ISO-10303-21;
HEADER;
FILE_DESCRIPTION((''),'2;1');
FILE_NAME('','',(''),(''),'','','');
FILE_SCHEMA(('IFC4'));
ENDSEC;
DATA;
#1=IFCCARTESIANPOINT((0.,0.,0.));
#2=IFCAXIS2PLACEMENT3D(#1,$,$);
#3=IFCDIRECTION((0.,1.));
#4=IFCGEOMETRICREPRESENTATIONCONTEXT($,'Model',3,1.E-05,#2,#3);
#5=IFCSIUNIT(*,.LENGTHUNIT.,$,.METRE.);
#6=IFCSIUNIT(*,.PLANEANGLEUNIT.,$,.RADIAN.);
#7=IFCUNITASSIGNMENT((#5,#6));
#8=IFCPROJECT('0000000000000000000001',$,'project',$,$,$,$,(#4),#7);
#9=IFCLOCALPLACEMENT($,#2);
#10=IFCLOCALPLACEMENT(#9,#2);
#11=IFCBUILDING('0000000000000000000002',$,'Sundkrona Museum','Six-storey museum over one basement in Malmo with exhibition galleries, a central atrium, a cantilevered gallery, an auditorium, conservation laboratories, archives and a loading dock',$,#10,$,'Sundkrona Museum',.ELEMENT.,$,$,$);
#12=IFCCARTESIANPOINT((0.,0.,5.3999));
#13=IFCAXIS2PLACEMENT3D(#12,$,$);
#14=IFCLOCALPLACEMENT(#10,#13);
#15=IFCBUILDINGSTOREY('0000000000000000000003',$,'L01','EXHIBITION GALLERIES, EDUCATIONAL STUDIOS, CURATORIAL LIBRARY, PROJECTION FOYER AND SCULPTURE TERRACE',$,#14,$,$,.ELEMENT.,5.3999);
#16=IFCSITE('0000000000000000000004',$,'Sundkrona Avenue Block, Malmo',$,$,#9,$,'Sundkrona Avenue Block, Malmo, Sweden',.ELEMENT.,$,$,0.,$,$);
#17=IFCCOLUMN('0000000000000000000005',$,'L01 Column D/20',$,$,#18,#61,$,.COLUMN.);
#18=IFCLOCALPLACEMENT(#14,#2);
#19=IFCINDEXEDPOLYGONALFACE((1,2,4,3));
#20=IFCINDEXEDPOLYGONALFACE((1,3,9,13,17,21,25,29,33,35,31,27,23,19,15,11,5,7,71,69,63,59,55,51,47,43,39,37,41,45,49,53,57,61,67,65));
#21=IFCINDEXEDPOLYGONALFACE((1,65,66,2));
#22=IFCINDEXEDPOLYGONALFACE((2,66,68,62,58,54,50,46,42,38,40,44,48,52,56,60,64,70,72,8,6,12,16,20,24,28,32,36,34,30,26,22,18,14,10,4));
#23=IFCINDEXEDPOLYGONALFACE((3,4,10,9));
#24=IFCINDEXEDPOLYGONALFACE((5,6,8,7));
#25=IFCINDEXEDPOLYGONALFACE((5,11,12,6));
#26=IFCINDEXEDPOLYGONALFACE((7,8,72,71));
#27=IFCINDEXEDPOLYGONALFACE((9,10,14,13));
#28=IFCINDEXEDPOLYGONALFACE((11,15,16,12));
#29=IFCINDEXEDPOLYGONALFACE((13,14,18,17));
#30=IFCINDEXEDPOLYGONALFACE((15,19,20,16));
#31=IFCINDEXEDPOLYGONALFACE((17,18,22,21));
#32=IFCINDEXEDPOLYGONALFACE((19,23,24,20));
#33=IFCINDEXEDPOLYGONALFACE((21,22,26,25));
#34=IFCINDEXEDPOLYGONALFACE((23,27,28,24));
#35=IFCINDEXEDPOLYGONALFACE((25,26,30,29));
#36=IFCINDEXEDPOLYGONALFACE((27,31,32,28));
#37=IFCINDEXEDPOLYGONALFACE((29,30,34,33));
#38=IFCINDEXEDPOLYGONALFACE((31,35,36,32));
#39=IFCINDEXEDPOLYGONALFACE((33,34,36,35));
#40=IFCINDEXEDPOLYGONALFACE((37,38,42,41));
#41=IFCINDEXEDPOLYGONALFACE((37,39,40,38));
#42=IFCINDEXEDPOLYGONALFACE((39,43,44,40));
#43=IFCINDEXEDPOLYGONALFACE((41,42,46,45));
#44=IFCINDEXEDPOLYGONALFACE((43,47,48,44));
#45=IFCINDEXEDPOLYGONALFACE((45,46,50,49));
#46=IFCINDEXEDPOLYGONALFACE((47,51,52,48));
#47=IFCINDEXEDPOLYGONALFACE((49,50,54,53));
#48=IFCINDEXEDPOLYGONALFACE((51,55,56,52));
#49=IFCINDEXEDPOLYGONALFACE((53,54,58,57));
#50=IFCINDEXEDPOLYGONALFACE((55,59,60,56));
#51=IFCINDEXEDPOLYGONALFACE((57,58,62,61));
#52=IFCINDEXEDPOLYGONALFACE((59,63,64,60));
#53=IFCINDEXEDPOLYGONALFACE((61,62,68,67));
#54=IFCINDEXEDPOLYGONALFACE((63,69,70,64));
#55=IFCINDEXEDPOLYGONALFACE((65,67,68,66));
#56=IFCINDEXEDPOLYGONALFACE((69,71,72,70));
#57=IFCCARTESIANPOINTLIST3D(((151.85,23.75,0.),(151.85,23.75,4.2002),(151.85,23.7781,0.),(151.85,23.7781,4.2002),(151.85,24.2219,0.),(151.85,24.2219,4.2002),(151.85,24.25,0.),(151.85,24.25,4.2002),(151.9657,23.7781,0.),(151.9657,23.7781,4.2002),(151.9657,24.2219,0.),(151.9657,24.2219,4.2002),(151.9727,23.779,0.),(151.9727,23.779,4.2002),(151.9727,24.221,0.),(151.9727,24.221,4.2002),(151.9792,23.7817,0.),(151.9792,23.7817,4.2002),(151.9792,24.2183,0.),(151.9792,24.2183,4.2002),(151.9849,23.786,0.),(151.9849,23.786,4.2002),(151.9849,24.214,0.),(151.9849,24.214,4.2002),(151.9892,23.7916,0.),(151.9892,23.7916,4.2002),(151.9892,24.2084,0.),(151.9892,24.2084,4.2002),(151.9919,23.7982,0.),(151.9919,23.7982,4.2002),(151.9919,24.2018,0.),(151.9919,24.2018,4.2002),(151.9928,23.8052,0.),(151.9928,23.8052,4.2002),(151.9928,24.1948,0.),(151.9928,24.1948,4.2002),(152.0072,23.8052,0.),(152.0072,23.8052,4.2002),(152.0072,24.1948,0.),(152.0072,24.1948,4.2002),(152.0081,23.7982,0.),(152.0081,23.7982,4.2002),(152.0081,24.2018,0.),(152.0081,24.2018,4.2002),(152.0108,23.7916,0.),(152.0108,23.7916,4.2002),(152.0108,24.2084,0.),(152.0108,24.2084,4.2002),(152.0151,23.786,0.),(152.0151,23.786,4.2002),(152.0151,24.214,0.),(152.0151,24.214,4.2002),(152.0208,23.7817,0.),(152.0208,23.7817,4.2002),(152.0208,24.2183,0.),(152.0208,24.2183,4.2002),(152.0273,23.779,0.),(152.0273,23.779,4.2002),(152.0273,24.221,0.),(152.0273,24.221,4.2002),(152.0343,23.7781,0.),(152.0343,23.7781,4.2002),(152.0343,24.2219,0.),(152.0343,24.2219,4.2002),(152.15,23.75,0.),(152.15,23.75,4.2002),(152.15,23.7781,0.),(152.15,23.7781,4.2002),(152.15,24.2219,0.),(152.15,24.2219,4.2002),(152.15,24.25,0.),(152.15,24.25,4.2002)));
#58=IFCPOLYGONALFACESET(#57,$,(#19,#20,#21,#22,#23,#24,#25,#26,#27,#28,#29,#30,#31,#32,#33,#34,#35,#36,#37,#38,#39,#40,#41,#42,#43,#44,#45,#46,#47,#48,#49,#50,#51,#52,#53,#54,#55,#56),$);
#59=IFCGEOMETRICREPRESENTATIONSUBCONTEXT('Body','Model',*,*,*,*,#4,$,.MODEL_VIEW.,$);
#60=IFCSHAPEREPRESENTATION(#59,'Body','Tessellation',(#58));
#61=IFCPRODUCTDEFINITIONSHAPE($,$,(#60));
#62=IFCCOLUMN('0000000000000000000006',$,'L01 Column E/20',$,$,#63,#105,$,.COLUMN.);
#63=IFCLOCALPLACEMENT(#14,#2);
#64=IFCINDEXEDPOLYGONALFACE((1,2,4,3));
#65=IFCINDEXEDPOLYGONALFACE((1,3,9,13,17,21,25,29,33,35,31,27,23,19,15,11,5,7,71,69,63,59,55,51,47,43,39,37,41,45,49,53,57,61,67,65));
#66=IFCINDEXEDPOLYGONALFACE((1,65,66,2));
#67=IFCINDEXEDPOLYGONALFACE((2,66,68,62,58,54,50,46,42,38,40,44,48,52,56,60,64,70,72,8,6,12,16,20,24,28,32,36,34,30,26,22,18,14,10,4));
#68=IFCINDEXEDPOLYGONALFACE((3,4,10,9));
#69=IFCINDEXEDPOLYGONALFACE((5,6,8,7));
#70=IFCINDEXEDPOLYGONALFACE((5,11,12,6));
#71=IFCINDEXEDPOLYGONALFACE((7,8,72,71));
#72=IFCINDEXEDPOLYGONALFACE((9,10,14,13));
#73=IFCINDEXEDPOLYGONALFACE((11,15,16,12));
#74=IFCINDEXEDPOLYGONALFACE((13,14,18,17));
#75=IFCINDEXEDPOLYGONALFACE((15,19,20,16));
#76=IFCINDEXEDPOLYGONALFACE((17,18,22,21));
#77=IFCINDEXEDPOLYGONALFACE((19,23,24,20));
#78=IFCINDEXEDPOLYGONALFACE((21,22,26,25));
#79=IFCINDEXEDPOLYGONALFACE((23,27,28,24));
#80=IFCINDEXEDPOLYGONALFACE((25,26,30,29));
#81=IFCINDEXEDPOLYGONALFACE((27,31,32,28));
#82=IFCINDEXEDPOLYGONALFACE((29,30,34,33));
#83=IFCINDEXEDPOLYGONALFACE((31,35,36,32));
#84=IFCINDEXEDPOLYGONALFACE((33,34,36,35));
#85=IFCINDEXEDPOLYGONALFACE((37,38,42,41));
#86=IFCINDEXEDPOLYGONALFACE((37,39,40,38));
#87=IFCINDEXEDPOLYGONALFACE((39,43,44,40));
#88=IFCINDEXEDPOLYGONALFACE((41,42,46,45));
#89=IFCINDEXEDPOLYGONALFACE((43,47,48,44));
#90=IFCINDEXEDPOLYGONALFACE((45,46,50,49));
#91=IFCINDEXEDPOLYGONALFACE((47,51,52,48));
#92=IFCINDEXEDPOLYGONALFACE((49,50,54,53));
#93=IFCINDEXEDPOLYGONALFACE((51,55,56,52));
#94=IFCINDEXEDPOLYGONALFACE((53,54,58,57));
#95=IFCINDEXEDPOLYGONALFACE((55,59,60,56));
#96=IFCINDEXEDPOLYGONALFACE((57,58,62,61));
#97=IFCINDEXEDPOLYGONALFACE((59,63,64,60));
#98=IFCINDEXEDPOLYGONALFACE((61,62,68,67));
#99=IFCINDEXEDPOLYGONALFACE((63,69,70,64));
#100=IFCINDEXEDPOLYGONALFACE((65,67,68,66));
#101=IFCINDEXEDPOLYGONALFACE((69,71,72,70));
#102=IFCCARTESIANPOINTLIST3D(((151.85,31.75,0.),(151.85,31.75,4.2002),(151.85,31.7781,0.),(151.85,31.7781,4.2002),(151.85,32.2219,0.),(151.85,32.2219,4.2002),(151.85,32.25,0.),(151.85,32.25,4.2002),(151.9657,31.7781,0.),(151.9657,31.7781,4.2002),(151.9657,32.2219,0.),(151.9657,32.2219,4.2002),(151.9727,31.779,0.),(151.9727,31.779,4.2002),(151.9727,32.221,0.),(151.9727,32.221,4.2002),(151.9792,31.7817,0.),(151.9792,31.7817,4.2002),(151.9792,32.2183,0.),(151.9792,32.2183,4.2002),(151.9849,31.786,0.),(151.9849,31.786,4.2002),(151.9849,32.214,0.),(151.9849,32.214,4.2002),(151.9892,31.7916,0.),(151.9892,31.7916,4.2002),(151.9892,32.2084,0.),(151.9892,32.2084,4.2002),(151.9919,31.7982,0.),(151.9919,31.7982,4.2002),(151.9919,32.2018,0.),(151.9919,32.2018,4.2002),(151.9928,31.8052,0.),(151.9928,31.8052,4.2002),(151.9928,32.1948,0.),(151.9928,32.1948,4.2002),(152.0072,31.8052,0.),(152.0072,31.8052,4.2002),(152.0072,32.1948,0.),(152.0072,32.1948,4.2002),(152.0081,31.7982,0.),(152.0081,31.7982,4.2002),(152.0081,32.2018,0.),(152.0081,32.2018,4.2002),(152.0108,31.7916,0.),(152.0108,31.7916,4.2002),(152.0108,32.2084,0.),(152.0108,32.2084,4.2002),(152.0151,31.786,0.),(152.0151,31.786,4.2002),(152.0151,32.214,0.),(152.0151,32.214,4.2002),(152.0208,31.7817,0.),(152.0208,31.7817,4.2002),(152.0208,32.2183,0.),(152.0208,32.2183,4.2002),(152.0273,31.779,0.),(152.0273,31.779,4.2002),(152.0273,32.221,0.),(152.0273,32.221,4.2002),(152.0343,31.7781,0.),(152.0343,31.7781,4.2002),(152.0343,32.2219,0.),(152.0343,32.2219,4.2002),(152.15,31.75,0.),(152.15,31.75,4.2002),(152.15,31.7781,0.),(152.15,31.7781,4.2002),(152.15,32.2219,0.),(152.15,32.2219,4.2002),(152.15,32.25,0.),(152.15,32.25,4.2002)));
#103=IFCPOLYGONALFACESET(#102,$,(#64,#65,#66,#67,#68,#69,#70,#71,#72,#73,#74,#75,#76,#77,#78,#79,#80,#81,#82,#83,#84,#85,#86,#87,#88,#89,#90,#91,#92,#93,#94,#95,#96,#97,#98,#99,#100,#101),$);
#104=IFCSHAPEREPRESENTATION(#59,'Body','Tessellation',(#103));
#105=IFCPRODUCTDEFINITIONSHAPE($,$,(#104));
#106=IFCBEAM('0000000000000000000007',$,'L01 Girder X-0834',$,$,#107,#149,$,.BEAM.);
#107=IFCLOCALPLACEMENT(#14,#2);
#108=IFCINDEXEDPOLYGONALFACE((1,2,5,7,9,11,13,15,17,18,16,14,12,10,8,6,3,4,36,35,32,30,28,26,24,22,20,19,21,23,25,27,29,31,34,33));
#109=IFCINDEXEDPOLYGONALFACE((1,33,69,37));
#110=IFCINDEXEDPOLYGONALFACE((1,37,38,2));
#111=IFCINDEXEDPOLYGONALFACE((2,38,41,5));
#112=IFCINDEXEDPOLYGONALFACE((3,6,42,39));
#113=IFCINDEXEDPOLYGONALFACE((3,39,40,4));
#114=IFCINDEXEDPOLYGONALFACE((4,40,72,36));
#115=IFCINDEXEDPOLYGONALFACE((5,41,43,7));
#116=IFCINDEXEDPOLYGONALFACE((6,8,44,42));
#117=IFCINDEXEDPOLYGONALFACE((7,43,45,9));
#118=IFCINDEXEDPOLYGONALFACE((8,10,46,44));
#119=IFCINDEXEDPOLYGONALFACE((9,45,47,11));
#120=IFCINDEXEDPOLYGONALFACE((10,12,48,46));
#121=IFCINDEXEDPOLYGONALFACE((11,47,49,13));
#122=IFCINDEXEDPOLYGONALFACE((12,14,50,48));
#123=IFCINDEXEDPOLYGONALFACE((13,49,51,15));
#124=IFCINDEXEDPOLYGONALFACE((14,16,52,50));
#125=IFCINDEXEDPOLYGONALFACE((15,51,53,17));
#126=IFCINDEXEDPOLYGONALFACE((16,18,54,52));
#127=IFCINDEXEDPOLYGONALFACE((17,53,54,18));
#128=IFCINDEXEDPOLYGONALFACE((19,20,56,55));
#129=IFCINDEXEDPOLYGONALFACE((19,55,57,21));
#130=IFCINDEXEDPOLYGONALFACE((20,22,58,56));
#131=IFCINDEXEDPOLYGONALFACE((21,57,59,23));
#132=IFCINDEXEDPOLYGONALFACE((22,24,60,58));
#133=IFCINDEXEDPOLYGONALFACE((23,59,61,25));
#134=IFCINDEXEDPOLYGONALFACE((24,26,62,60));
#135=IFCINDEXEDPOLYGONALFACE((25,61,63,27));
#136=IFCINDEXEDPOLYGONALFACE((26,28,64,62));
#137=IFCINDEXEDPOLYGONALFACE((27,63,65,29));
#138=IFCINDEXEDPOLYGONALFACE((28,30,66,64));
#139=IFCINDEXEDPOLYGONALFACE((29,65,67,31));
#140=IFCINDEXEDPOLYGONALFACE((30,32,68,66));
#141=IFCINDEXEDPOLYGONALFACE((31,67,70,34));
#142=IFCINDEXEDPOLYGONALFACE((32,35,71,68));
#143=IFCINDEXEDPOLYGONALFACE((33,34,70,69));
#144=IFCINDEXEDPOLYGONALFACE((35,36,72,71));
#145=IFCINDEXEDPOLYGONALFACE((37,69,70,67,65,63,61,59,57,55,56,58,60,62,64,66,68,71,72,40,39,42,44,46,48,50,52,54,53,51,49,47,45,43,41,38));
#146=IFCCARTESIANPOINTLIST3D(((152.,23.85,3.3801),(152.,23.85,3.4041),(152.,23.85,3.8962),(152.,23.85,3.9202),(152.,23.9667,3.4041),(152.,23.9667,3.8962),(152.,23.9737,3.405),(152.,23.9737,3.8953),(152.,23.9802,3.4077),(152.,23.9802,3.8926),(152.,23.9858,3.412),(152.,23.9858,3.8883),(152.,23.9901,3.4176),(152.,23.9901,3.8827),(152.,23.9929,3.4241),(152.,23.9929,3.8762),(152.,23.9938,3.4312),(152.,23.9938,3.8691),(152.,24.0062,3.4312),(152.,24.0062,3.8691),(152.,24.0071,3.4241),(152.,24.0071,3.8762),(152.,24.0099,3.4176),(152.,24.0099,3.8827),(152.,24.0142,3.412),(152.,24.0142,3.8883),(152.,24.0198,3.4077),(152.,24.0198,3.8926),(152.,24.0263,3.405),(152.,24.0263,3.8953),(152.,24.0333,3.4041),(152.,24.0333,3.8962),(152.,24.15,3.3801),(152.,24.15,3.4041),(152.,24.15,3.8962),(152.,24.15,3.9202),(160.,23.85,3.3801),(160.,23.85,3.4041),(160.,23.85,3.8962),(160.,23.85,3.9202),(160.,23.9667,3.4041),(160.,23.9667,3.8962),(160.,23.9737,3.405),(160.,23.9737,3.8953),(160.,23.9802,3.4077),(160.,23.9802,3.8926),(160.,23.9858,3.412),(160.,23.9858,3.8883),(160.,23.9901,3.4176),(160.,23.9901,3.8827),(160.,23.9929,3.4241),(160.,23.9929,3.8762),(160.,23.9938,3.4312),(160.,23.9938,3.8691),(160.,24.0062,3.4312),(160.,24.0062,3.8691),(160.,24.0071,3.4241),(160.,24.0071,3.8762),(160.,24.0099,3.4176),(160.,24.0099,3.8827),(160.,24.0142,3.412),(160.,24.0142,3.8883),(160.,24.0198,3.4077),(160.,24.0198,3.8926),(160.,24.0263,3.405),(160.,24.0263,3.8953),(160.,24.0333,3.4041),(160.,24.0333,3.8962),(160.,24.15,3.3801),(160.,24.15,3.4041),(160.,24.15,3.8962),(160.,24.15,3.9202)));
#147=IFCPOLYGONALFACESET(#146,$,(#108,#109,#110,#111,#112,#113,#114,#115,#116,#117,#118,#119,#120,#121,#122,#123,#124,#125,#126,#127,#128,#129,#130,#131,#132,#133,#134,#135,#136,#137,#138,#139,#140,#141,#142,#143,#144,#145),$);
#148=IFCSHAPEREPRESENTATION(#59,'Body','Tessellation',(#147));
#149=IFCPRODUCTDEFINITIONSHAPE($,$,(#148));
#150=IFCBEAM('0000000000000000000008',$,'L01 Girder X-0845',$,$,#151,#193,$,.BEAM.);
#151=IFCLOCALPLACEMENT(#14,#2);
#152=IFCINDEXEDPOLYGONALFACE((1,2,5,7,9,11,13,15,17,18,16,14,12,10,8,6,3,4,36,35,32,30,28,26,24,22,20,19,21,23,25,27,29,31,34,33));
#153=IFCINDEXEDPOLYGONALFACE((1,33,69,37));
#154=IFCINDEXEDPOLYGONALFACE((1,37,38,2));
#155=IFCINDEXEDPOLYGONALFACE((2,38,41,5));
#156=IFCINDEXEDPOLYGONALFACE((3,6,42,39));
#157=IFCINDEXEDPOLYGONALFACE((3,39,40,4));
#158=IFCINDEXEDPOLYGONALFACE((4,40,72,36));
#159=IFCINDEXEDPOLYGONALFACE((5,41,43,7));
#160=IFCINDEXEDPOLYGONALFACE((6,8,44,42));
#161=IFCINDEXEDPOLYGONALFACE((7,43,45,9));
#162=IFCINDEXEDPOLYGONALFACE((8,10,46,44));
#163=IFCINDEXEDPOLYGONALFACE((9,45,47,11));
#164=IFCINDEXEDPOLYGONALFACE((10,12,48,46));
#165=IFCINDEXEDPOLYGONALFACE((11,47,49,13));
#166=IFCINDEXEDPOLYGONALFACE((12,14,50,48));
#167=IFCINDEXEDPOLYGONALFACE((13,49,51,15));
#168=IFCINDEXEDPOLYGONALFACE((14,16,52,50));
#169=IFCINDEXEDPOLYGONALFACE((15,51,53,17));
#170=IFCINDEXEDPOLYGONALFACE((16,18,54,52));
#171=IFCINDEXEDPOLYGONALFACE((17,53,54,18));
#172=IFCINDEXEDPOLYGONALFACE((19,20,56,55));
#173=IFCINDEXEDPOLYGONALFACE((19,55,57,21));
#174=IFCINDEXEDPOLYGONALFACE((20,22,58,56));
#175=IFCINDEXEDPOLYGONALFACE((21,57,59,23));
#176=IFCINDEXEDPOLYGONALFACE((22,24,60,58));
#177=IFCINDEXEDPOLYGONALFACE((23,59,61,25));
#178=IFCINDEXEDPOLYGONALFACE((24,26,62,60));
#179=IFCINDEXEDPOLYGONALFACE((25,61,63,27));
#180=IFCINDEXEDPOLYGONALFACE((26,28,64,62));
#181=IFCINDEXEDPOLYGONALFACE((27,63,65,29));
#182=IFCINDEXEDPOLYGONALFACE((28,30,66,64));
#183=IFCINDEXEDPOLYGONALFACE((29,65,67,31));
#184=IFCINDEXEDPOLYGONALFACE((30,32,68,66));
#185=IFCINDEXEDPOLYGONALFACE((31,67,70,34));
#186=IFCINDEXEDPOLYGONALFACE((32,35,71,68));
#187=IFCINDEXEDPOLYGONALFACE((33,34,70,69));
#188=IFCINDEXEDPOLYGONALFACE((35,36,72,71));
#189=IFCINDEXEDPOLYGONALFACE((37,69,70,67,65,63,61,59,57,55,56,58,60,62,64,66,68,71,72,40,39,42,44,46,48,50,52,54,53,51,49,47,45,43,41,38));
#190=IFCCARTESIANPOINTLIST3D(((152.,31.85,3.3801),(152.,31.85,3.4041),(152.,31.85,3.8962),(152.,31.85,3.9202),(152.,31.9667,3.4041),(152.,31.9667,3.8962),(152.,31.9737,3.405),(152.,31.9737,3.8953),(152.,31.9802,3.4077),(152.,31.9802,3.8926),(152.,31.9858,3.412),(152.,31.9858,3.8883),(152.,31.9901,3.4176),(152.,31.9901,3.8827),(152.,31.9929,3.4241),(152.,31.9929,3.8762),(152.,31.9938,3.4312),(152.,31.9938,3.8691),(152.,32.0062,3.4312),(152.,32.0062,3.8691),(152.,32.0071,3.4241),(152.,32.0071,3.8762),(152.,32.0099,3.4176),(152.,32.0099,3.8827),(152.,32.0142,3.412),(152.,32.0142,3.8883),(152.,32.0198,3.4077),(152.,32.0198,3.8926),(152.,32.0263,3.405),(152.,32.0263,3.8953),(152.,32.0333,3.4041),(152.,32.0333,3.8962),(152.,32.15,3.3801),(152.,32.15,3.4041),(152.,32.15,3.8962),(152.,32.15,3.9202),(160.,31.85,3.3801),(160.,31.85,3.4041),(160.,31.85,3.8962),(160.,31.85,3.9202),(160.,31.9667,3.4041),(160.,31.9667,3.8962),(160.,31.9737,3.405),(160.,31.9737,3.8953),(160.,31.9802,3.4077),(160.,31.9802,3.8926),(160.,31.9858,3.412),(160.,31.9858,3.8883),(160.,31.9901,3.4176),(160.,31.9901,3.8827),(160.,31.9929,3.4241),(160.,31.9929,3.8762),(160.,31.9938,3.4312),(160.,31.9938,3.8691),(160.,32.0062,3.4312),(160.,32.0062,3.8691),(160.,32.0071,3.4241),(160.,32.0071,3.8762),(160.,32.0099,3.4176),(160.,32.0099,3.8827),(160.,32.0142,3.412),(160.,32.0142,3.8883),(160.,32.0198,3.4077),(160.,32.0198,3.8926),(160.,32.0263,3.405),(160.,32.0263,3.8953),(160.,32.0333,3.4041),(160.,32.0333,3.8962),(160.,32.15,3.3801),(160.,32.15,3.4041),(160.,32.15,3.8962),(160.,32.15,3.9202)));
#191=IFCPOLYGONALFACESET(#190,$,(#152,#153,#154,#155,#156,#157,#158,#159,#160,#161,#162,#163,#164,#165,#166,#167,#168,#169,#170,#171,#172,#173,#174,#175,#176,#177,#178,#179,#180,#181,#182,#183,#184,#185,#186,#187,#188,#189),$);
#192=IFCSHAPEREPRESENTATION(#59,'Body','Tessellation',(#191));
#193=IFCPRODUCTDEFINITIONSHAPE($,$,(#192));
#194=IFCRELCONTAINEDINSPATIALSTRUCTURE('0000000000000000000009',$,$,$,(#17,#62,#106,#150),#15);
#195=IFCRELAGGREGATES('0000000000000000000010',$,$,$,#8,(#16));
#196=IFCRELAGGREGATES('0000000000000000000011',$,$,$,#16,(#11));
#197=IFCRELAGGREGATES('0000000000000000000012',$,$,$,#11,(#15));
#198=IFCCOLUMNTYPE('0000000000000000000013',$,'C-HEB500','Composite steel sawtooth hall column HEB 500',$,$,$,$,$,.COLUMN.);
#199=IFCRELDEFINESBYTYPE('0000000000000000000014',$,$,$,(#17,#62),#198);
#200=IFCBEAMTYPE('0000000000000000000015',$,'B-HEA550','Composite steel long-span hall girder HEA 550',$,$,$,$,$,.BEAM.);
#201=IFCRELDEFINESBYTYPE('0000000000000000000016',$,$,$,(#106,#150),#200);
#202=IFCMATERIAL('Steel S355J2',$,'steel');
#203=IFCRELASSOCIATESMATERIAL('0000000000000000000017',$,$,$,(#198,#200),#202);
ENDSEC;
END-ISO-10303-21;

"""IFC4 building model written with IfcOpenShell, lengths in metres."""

from ifc_helpers import new_model, si_unit, direction, frame, origin, origin_2d, place, context, subcontext, project, spatial, i_section, extrude, material, material_profile, profile_set, type_object, element, save


model = new_model("IFC4")

# Units and contexts
model_context = context("Model", 3, precision=1e-05, world=origin(), true_north=direction((0.0, 1.0)))
body_context = subcontext(model_context, "Body", "Model", "MODEL_VIEW")
ifc_project = project(units=[si_unit("LENGTHUNIT", "METRE"), si_unit("PLANEANGLEUNIT", "RADIAN")], contexts=[model_context])

# Site, building, storey
site_placement = place(None, origin())
site = spatial("IfcSite", under=ifc_project, at=site_placement, Name="Sundkrona Avenue Block, Malmo", LongName="Sundkrona Avenue Block, Malmo, Sweden", CompositionType="ELEMENT", RefElevation=0.0)
building_placement = place(site_placement, origin())
building = spatial("IfcBuilding", under=site, at=building_placement, Name="Sundkrona Museum", Description="Six-storey museum over one basement in Malmo with exhibition galleries, a central atrium, a cantilevered gallery, an auditorium, conservation laboratories, archives and a loading dock", LongName="Sundkrona Museum", CompositionType="ELEMENT")
storey_placement = place(building_placement, frame((0.0, 0.0, 5.3999)))
storey = spatial("IfcBuildingStorey", under=building, at=storey_placement, Name="L01", Description="EXHIBITION GALLERIES, EDUCATIONAL STUDIOS, CURATORIAL LIBRARY, PROJECTION FOYER AND SCULPTURE TERRACE", CompositionType="ELEMENT", Elevation=5.3999)

# Columns
ifc_material_1 = material(Name="Steel S355J2", Category="steel")
ifc_material_profile_1 = material_profile(ifc_material_1, i_section(OverallWidth=0.3, OverallDepth=0.5, WebThickness=0.0144, FlangeThickness=0.0281, FilletRadius=0.0271, at=origin_2d()), Name="HEB 500")
ifc_profile_set_1 = profile_set([ifc_material_profile_1], Name="Steel S355J2")
column_type = type_object("IfcColumnType", Name="C-HEB500", Description="Composite steel sawtooth hall column HEB 500", PredefinedType="COLUMN", material=ifc_profile_set_1)
for number, where, z_axis, x_axis, name in (
    (1, (152.0, 24.0, 0.0), (0.0, 0.0, 1.0), (1.0, 0.0, 0.0), "L01 Column D/20"),
    (2, (152.0, 32.0, 0.0), (0.0, 0.0, 1.0), (1.0, 0.0, 0.0), "L01 Column E/20"),
):
    element("IfcColumn", number, at=place(storey_placement, frame(where, z_axis=z_axis, x_axis=x_axis)), inside=storey, type_object=column_type, Name=name, PredefinedType="COLUMN", context=body_context, shape_type="SweptSolid", body=[
        extrude(i_section(OverallWidth=0.3, OverallDepth=0.5, WebThickness=0.0144, FlangeThickness=0.0281, FilletRadius=0.0271, at=origin_2d()), origin(), (0.0, 0.0, 1.0), 4.2002),
    ])

# Beams
ifc_material_profile_2 = material_profile(ifc_material_1, i_section(OverallWidth=0.3, OverallDepth=0.54, WebThickness=0.0125, FlangeThickness=0.0239, FilletRadius=0.0271, at=origin_2d()), Name="HEA 550")
ifc_profile_set_2 = profile_set([ifc_material_profile_2], Name="Steel S355J2")
beam_type_1 = type_object("IfcBeamType", Name="B-HEA550", Description="Composite steel long-span hall girder HEA 550", PredefinedType="BEAM", material=ifc_profile_set_2)
for number, where, z_axis, x_axis, name in (
    (3, (152.0, 24.0, 3.6501), (1.0, 0.0, 0.0), (0.0, 1.0, 0.0), "L01 Girder X-0834"),
    (4, (152.0, 32.0, 3.6501), (1.0, 0.0, 0.0), (0.0, 1.0, 0.0), "L01 Girder X-0845"),
):
    element("IfcBeam", number, at=place(storey_placement, frame(where, z_axis=z_axis, x_axis=x_axis)), inside=storey, type_object=beam_type_1, Name=name, PredefinedType="BEAM", context=body_context, shape_type="SweptSolid", body=[
        extrude(i_section(OverallWidth=0.3, OverallDepth=0.54, WebThickness=0.0125, FlangeThickness=0.0239, FilletRadius=0.0271, at=origin_2d()), origin(), (0.0, 0.0, 1.0), 8.0),
    ])

save(model, "model.ifc")
